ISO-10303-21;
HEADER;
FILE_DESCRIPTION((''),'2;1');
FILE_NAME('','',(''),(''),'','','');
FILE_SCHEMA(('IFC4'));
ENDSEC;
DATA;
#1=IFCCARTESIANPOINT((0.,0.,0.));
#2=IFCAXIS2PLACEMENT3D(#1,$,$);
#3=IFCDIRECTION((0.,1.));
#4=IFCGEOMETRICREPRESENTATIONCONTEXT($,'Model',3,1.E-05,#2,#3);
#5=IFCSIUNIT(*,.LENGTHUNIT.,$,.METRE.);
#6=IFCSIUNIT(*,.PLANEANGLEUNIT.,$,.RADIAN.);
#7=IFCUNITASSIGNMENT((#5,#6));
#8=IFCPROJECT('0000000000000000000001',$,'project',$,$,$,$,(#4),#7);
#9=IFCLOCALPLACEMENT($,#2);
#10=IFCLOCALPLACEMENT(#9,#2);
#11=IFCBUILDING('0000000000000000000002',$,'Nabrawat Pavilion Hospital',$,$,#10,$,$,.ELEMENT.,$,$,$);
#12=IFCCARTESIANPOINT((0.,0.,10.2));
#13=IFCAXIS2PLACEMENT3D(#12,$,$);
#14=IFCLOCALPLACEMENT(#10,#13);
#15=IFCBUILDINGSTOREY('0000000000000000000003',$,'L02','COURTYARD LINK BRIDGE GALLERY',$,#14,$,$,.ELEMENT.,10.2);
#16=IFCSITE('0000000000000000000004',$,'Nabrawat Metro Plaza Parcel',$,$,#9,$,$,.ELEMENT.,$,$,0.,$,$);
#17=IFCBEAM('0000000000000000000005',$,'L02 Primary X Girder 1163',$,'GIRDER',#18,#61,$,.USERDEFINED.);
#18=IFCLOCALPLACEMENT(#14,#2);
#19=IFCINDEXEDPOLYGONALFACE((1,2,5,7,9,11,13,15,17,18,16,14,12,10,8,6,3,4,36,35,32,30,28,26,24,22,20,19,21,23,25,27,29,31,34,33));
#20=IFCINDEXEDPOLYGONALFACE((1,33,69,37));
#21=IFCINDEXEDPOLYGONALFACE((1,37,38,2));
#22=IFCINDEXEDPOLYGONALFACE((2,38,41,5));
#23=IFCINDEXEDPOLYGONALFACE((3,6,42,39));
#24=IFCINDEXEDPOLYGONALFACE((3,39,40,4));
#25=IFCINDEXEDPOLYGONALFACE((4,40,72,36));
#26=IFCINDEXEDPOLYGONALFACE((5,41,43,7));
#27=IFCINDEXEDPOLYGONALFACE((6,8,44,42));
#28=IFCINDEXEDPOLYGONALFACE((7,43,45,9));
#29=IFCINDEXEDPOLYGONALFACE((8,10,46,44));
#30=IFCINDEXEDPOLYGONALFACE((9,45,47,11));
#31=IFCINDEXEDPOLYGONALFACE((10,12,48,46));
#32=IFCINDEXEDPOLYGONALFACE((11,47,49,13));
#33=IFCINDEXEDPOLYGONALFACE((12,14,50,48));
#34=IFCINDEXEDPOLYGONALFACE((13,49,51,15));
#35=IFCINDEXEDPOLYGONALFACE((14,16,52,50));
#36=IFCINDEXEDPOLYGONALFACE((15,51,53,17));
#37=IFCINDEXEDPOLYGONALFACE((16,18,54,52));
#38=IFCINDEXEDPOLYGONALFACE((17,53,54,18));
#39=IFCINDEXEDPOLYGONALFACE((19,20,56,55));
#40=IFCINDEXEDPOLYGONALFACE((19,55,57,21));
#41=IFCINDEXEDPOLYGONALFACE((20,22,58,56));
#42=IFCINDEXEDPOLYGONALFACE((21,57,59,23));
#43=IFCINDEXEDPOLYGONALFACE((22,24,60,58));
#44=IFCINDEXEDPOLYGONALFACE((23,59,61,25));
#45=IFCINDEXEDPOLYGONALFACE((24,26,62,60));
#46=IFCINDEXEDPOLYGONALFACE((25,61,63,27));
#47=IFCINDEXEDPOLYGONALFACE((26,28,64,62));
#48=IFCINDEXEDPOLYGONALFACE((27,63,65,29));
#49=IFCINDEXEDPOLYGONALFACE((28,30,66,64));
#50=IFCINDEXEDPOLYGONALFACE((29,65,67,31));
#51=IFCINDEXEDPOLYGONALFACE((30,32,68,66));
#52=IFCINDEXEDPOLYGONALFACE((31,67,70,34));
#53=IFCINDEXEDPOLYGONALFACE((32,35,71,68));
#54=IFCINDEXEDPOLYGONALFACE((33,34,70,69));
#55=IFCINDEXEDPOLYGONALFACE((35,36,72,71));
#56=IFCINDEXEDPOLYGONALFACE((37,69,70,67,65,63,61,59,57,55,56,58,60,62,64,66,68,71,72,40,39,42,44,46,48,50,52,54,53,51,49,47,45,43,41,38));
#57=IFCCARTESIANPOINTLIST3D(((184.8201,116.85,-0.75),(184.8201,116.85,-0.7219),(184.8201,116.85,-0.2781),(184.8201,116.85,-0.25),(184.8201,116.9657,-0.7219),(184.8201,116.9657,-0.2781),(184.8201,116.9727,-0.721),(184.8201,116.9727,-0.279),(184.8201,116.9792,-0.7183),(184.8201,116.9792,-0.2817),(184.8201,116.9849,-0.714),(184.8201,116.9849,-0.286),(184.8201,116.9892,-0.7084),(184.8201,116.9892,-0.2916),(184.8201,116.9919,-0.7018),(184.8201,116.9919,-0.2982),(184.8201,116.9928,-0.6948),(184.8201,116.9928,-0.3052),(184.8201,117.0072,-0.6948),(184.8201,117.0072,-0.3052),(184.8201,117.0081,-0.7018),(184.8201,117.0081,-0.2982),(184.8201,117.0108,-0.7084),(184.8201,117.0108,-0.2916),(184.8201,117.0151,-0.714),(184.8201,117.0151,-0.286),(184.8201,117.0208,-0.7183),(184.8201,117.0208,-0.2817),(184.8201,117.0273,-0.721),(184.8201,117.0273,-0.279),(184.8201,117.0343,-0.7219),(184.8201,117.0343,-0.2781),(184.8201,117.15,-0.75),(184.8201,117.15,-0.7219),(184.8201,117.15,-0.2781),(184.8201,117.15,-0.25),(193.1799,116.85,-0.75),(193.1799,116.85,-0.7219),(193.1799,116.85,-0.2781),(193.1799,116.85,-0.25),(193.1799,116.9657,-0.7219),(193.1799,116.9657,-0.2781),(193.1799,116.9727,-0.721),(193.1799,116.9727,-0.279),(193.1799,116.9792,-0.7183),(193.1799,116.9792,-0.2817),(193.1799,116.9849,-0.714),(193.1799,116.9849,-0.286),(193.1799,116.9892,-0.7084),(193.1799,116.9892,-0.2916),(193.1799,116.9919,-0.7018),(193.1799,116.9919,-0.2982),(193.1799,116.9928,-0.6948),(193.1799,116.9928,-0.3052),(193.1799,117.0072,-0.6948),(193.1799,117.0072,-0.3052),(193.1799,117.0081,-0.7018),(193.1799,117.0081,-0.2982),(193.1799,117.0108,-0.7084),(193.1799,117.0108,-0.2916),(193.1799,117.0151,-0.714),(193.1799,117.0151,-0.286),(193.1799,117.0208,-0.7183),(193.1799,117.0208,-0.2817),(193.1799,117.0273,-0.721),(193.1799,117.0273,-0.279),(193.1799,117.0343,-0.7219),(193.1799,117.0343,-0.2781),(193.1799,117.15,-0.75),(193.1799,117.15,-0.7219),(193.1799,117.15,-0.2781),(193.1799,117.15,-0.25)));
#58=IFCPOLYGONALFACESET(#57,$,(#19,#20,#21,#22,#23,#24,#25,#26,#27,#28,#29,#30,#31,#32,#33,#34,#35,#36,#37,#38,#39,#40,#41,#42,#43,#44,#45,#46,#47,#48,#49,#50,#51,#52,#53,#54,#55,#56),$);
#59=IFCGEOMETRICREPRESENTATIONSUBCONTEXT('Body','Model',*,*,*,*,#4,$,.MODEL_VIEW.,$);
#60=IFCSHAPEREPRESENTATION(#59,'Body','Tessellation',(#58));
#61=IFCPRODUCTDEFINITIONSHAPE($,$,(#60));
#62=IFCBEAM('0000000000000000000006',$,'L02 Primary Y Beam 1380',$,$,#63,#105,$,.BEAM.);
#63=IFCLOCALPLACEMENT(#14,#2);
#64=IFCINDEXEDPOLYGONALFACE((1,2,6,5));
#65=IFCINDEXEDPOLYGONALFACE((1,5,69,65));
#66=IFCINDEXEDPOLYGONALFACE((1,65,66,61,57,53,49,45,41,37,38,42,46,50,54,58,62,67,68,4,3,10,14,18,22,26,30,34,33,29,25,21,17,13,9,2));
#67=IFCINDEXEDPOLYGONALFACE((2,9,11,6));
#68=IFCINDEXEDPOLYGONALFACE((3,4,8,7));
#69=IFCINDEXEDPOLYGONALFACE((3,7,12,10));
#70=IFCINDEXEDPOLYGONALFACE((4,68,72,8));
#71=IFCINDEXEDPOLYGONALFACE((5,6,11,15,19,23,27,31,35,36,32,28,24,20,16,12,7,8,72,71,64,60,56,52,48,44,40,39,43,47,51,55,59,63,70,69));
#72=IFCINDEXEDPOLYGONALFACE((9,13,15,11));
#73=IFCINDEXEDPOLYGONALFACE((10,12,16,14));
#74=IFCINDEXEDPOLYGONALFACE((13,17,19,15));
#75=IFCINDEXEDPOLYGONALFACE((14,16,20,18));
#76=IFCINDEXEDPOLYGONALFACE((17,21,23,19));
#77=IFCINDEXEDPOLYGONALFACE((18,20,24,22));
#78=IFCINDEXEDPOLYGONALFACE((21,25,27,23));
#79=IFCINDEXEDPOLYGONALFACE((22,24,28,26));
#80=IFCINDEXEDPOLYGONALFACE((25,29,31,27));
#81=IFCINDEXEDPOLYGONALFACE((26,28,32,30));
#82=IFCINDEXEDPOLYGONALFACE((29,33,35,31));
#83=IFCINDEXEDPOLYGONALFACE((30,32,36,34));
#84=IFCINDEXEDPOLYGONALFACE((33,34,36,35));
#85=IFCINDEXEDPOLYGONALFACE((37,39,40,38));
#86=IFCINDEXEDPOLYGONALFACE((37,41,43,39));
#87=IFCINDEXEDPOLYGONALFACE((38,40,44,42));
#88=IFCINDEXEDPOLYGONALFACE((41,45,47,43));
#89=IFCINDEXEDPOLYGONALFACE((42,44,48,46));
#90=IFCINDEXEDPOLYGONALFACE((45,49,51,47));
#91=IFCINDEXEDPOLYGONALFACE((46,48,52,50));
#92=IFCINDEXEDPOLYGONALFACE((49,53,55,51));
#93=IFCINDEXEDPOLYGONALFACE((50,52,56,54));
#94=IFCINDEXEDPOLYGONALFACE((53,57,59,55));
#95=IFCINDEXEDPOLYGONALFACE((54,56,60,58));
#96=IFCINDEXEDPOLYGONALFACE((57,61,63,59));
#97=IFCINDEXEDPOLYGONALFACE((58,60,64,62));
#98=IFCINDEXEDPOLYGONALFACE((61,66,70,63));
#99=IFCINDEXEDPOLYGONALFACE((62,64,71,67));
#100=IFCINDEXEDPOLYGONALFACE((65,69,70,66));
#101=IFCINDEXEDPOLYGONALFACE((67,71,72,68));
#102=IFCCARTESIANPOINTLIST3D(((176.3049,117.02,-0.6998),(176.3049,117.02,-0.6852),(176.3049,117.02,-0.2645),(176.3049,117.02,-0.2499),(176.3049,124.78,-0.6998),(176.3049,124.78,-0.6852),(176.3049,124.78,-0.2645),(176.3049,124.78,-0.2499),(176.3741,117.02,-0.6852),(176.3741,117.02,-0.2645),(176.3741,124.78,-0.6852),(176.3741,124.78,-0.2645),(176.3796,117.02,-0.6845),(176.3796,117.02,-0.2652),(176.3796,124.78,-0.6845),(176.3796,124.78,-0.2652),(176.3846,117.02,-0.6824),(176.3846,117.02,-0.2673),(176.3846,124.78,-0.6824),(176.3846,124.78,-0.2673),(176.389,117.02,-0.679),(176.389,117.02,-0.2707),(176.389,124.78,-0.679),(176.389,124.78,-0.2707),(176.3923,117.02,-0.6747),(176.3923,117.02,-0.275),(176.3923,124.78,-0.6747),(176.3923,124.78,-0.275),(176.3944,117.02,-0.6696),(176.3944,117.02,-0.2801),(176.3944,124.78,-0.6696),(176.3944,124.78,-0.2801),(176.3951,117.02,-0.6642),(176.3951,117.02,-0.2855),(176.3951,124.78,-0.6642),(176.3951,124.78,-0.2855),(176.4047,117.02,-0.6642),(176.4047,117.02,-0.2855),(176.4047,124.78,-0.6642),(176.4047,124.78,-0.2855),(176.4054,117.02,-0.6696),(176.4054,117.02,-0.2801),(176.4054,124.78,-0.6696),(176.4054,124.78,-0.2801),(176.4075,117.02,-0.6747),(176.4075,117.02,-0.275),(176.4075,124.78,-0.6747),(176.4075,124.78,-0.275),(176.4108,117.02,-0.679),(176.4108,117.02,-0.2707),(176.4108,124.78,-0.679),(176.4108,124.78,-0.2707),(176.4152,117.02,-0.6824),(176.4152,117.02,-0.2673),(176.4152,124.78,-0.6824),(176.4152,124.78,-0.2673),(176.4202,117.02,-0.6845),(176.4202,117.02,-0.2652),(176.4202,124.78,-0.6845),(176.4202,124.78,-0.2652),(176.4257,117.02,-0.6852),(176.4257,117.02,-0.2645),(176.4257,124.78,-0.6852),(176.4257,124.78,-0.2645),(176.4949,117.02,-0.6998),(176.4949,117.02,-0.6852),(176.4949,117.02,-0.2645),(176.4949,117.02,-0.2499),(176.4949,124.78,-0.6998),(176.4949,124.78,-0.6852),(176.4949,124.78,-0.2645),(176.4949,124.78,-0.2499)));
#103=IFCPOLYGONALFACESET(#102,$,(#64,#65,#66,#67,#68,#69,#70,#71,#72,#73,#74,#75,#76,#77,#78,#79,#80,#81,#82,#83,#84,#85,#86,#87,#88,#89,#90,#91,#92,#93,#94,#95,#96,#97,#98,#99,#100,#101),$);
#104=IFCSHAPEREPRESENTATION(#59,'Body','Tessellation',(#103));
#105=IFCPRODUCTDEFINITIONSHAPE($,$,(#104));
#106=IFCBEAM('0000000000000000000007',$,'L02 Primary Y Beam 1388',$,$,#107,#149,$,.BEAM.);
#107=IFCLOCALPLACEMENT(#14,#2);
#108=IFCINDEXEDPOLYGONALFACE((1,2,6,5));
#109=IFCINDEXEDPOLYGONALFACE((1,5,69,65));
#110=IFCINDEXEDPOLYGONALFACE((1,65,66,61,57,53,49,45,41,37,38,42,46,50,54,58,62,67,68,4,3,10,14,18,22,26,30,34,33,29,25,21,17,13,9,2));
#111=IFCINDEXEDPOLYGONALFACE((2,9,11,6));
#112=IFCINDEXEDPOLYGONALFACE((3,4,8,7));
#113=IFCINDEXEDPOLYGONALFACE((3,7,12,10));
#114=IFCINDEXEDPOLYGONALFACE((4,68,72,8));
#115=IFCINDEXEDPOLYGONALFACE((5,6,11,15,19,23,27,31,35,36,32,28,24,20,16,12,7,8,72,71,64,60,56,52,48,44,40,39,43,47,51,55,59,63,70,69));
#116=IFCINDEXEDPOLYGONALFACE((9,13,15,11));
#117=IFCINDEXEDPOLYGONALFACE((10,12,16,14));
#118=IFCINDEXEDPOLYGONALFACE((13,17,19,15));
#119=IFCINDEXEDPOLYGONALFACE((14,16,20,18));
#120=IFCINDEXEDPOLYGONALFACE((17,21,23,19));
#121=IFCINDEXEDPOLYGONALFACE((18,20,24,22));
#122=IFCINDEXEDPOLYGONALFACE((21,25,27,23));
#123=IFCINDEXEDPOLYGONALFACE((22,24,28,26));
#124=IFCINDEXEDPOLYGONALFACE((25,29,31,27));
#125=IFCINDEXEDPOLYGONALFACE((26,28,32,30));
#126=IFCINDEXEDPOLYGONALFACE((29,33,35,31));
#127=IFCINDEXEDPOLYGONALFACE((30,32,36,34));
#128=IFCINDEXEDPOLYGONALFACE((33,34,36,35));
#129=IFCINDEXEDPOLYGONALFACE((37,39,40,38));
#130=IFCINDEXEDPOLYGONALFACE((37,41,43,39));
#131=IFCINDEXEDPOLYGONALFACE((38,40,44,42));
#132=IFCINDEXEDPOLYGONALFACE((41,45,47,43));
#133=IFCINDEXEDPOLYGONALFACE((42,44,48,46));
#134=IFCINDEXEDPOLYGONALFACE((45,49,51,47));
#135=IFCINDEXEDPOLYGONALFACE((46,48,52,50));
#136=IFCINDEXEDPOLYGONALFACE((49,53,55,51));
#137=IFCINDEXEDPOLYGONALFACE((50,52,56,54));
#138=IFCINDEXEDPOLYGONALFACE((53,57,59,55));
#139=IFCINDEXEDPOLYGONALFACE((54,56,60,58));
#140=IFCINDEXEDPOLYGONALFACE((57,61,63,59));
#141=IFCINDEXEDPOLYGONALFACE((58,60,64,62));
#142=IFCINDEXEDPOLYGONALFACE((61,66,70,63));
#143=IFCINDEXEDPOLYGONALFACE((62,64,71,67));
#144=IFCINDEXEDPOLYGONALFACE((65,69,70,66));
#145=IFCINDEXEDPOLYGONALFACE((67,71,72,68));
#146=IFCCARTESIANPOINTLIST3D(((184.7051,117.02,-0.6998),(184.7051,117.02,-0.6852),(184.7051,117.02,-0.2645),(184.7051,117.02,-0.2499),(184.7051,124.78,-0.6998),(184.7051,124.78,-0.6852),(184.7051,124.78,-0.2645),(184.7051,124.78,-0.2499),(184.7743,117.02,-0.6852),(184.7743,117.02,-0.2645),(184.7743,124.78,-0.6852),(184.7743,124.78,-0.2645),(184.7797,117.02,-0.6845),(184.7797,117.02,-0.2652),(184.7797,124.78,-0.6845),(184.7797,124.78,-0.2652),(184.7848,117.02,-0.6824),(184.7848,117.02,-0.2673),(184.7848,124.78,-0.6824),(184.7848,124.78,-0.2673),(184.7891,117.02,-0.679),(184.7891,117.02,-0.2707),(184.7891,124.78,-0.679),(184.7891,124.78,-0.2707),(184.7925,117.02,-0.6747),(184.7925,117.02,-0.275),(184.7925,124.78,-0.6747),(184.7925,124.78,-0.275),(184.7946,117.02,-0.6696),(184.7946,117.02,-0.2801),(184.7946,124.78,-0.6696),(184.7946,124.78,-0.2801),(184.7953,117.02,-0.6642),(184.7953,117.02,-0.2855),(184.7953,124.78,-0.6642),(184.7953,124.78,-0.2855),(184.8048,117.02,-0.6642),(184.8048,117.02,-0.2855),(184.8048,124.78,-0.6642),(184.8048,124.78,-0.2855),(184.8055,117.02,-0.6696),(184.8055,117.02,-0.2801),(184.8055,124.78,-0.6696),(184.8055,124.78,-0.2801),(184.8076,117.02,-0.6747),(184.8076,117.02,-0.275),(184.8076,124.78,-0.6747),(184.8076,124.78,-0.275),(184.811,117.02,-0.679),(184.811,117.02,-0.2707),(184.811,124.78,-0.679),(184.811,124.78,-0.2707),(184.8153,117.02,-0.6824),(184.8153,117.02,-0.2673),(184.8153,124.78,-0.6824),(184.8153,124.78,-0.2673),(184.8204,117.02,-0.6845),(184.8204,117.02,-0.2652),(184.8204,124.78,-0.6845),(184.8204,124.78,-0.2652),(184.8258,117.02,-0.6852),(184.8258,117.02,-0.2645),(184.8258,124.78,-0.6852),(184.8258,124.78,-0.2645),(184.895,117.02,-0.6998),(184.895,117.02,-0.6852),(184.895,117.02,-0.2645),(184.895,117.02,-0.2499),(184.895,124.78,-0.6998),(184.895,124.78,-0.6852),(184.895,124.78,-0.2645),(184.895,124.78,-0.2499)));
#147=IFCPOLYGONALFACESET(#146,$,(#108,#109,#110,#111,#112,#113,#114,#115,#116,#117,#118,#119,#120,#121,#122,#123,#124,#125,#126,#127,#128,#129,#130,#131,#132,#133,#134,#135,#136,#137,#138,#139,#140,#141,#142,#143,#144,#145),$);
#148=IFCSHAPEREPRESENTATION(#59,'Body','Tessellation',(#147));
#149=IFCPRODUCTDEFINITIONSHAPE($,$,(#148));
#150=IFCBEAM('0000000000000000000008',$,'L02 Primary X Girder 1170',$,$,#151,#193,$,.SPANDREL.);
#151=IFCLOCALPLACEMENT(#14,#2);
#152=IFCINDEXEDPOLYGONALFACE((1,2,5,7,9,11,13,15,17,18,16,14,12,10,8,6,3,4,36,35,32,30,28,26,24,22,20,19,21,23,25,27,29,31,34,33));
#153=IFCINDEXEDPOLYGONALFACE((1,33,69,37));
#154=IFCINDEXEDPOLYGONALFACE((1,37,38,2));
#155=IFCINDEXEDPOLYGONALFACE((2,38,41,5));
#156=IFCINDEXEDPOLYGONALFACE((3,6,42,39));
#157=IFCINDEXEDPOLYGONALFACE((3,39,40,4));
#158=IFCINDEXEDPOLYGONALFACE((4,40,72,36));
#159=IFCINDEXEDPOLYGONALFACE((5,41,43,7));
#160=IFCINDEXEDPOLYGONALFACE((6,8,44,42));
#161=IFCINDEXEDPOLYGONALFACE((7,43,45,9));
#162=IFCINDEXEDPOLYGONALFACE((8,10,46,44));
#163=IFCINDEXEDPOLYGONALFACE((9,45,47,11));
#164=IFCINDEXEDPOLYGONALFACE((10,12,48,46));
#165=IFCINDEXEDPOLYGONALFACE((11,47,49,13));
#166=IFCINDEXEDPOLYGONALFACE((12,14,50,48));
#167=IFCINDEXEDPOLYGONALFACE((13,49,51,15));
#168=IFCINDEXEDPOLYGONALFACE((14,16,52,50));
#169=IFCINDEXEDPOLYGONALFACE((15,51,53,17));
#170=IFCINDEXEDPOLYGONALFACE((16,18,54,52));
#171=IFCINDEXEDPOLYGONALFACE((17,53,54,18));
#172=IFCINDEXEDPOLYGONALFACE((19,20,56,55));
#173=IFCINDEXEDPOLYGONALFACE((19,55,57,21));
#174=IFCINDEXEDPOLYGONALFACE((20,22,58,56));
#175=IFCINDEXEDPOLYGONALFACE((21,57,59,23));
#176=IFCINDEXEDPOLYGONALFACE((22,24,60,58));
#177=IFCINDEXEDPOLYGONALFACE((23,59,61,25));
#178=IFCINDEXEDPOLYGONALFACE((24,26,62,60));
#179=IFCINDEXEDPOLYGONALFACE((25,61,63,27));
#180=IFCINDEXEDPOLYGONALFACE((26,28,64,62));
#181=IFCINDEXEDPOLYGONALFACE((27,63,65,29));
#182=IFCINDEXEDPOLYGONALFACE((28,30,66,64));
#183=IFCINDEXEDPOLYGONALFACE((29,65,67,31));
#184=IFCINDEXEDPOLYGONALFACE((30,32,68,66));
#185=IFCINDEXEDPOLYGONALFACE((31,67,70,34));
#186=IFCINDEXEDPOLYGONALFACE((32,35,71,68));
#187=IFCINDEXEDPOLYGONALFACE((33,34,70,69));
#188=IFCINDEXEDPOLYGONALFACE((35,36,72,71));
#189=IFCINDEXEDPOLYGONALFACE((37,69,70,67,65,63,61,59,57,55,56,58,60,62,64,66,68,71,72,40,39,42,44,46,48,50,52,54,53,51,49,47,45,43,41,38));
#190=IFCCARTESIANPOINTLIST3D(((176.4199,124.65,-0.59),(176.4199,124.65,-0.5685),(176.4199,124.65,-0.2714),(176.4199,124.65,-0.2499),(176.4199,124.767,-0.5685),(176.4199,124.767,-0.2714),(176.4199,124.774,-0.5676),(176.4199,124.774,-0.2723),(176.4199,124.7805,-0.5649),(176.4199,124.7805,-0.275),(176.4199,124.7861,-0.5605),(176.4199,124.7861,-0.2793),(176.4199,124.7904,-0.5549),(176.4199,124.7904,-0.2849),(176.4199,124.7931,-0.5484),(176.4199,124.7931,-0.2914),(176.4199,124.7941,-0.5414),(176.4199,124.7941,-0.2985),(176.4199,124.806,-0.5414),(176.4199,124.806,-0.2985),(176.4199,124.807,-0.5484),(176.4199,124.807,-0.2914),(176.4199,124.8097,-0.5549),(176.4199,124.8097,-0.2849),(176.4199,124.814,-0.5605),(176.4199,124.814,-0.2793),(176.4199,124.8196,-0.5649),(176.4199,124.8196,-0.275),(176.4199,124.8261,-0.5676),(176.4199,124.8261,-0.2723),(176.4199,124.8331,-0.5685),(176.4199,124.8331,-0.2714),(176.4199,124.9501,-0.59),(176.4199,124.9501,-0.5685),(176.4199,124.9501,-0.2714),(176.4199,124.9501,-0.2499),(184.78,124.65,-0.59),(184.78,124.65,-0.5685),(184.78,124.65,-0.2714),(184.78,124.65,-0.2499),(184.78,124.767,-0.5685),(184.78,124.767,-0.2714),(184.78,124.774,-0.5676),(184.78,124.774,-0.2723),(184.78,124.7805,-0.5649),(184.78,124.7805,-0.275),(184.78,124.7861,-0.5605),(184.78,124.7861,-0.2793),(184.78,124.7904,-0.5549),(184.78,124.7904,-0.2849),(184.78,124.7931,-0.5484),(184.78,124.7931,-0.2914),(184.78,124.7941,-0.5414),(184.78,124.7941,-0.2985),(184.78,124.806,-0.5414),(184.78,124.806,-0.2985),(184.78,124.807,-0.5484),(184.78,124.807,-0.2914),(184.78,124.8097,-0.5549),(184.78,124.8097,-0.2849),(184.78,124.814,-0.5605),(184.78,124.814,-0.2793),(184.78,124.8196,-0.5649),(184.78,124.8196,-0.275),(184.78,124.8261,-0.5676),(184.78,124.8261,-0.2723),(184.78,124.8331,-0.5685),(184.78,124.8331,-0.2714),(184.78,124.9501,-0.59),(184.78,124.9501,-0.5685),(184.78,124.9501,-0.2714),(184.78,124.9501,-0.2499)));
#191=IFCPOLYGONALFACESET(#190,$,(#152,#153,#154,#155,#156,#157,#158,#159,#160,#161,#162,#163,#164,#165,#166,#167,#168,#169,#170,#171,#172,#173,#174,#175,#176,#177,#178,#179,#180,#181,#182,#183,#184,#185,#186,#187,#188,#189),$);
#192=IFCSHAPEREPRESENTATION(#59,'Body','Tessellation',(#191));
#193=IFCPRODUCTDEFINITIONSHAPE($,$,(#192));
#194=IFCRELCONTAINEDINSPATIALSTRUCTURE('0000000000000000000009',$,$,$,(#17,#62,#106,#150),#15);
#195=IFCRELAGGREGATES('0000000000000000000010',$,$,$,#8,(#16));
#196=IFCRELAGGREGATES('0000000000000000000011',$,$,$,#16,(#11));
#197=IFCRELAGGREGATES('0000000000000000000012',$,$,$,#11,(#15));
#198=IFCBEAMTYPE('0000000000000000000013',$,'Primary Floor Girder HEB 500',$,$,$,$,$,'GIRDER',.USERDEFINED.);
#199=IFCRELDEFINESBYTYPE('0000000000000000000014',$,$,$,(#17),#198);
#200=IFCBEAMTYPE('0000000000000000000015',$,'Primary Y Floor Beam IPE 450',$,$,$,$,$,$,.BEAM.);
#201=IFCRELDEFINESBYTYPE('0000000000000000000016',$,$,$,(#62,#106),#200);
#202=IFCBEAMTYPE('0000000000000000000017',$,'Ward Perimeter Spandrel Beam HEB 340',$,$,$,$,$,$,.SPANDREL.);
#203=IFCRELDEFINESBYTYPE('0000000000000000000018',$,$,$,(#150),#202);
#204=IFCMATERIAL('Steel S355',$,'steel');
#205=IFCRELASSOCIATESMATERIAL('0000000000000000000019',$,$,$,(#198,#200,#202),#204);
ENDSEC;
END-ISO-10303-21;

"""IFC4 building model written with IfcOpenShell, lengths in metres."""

from ifc_helpers import new_model, si_unit, direction, frame, origin, origin_2d, place, context, subcontext, project, spatial, i_section, extrude, material, material_profile, profile_set, type_object, element, save


model = new_model("IFC4")

# Units and contexts
model_context = context("Model", 3, precision=1e-05, world=origin(), true_north=direction((0.0, 1.0)))
body_context = subcontext(model_context, "Body", "Model", "MODEL_VIEW")
ifc_project = project(units=[si_unit("LENGTHUNIT", "METRE"), si_unit("PLANEANGLEUNIT", "RADIAN")], contexts=[model_context])

# Site, building, storey
site_placement = place(None, origin())
site = spatial("IfcSite", under=ifc_project, at=site_placement, Name="Nabrawat Metro Plaza Parcel", CompositionType="ELEMENT", RefElevation=0.0)
building_placement = place(site_placement, origin())
building = spatial("IfcBuilding", under=site, at=building_placement, Name="Nabrawat Pavilion Hospital", CompositionType="ELEMENT")
storey_placement = place(building_placement, frame((0.0, 0.0, 10.2)))
storey = spatial("IfcBuildingStorey", under=building, at=storey_placement, Name="L02", Description="COURTYARD LINK BRIDGE GALLERY", CompositionType="ELEMENT", Elevation=10.2)

# Shared definitions
ifc_material_1 = material(Name="Steel S355", Category="steel")

# Beams
ifc_material_profile_1 = material_profile(ifc_material_1, i_section(OverallWidth=0.3, OverallDepth=0.5, WebThickness=0.0144, FlangeThickness=0.0281, FilletRadius=0.0271, at=origin_2d()), Name="HEB 500")
ifc_profile_set_1 = profile_set([ifc_material_profile_1], Name="Steel S355")
beam_type_1 = type_object("IfcBeamType", Name="Primary Floor Girder HEB 500", ElementType="GIRDER", PredefinedType="USERDEFINED", material=ifc_profile_set_1)
beam_1_placement = place(storey_placement, frame((184.8201, 117.0, -0.5), z_axis=(1.0, 0.0, 0.0), x_axis=(0.0, 1.0, 0.0)))
element("IfcBeam", 1, at=beam_1_placement, inside=storey, type_object=beam_type_1, Name="L02 Primary X Girder 1163", ObjectType="GIRDER", PredefinedType="USERDEFINED", context=body_context, shape_type="SweptSolid", body=[
    extrude(i_section(OverallWidth=0.3, OverallDepth=0.5, WebThickness=0.0144, FlangeThickness=0.0281, FilletRadius=0.0271, at=origin_2d()), origin(), (0.0, 0.0, 1.0), 8.3599),
])
ifc_material_profile_2 = material_profile(ifc_material_1, i_section(OverallWidth=0.1899, OverallDepth=0.45, WebThickness=0.0095, FlangeThickness=0.0146, FilletRadius=0.021, at=origin_2d()), Name="IPE 450")
ifc_profile_set_2 = profile_set([ifc_material_profile_2], Name="Steel S355")
beam_type_2 = type_object("IfcBeamType", Name="Primary Y Floor Beam IPE 450", PredefinedType="BEAM", material=ifc_profile_set_2)
for number, where, z_axis, x_axis, name in (
    (2, (176.3999, 117.02, -0.4749), (0.0, 1.0, 0.0), (-1.0, 0.0, 0.0), "L02 Primary Y Beam 1380"),
    (3, (184.8, 117.02, -0.4749), (0.0, 1.0, 0.0), (-1.0, 0.0, 0.0), "L02 Primary Y Beam 1388"),
):
    element("IfcBeam", number, at=place(storey_placement, frame(where, z_axis=z_axis, x_axis=x_axis)), inside=storey, type_object=beam_type_2, Name=name, PredefinedType="BEAM", context=body_context, shape_type="SweptSolid", body=[
        extrude(i_section(OverallWidth=0.1899, OverallDepth=0.45, WebThickness=0.0095, FlangeThickness=0.0146, FilletRadius=0.021, at=origin_2d()), origin(), (0.0, 0.0, 1.0), 7.76),
    ])
ifc_material_profile_3 = material_profile(ifc_material_1, i_section(OverallWidth=0.3, OverallDepth=0.3401, WebThickness=0.012, FlangeThickness=0.0215, FilletRadius=0.0271, at=origin_2d()), Name="HEB 340")
ifc_profile_set_3 = profile_set([ifc_material_profile_3], Name="Steel S355")
beam_type_3 = type_object("IfcBeamType", Name="Ward Perimeter Spandrel Beam HEB 340", PredefinedType="SPANDREL", material=ifc_profile_set_3)
beam_2_placement = place(storey_placement, frame((176.4199, 124.8, -0.4199), z_axis=(1.0, 0.0, 0.0), x_axis=(0.0, 1.0, 0.0)))
element("IfcBeam", 4, at=beam_2_placement, inside=storey, type_object=beam_type_3, Name="L02 Primary X Girder 1170", PredefinedType="SPANDREL", context=body_context, shape_type="SweptSolid", body=[
    extrude(i_section(OverallWidth=0.3, OverallDepth=0.3401, WebThickness=0.012, FlangeThickness=0.0215, FilletRadius=0.0271, at=origin_2d()), origin(), (0.0, 0.0, 1.0), 8.3601),
])

save(model, "model.ifc")
